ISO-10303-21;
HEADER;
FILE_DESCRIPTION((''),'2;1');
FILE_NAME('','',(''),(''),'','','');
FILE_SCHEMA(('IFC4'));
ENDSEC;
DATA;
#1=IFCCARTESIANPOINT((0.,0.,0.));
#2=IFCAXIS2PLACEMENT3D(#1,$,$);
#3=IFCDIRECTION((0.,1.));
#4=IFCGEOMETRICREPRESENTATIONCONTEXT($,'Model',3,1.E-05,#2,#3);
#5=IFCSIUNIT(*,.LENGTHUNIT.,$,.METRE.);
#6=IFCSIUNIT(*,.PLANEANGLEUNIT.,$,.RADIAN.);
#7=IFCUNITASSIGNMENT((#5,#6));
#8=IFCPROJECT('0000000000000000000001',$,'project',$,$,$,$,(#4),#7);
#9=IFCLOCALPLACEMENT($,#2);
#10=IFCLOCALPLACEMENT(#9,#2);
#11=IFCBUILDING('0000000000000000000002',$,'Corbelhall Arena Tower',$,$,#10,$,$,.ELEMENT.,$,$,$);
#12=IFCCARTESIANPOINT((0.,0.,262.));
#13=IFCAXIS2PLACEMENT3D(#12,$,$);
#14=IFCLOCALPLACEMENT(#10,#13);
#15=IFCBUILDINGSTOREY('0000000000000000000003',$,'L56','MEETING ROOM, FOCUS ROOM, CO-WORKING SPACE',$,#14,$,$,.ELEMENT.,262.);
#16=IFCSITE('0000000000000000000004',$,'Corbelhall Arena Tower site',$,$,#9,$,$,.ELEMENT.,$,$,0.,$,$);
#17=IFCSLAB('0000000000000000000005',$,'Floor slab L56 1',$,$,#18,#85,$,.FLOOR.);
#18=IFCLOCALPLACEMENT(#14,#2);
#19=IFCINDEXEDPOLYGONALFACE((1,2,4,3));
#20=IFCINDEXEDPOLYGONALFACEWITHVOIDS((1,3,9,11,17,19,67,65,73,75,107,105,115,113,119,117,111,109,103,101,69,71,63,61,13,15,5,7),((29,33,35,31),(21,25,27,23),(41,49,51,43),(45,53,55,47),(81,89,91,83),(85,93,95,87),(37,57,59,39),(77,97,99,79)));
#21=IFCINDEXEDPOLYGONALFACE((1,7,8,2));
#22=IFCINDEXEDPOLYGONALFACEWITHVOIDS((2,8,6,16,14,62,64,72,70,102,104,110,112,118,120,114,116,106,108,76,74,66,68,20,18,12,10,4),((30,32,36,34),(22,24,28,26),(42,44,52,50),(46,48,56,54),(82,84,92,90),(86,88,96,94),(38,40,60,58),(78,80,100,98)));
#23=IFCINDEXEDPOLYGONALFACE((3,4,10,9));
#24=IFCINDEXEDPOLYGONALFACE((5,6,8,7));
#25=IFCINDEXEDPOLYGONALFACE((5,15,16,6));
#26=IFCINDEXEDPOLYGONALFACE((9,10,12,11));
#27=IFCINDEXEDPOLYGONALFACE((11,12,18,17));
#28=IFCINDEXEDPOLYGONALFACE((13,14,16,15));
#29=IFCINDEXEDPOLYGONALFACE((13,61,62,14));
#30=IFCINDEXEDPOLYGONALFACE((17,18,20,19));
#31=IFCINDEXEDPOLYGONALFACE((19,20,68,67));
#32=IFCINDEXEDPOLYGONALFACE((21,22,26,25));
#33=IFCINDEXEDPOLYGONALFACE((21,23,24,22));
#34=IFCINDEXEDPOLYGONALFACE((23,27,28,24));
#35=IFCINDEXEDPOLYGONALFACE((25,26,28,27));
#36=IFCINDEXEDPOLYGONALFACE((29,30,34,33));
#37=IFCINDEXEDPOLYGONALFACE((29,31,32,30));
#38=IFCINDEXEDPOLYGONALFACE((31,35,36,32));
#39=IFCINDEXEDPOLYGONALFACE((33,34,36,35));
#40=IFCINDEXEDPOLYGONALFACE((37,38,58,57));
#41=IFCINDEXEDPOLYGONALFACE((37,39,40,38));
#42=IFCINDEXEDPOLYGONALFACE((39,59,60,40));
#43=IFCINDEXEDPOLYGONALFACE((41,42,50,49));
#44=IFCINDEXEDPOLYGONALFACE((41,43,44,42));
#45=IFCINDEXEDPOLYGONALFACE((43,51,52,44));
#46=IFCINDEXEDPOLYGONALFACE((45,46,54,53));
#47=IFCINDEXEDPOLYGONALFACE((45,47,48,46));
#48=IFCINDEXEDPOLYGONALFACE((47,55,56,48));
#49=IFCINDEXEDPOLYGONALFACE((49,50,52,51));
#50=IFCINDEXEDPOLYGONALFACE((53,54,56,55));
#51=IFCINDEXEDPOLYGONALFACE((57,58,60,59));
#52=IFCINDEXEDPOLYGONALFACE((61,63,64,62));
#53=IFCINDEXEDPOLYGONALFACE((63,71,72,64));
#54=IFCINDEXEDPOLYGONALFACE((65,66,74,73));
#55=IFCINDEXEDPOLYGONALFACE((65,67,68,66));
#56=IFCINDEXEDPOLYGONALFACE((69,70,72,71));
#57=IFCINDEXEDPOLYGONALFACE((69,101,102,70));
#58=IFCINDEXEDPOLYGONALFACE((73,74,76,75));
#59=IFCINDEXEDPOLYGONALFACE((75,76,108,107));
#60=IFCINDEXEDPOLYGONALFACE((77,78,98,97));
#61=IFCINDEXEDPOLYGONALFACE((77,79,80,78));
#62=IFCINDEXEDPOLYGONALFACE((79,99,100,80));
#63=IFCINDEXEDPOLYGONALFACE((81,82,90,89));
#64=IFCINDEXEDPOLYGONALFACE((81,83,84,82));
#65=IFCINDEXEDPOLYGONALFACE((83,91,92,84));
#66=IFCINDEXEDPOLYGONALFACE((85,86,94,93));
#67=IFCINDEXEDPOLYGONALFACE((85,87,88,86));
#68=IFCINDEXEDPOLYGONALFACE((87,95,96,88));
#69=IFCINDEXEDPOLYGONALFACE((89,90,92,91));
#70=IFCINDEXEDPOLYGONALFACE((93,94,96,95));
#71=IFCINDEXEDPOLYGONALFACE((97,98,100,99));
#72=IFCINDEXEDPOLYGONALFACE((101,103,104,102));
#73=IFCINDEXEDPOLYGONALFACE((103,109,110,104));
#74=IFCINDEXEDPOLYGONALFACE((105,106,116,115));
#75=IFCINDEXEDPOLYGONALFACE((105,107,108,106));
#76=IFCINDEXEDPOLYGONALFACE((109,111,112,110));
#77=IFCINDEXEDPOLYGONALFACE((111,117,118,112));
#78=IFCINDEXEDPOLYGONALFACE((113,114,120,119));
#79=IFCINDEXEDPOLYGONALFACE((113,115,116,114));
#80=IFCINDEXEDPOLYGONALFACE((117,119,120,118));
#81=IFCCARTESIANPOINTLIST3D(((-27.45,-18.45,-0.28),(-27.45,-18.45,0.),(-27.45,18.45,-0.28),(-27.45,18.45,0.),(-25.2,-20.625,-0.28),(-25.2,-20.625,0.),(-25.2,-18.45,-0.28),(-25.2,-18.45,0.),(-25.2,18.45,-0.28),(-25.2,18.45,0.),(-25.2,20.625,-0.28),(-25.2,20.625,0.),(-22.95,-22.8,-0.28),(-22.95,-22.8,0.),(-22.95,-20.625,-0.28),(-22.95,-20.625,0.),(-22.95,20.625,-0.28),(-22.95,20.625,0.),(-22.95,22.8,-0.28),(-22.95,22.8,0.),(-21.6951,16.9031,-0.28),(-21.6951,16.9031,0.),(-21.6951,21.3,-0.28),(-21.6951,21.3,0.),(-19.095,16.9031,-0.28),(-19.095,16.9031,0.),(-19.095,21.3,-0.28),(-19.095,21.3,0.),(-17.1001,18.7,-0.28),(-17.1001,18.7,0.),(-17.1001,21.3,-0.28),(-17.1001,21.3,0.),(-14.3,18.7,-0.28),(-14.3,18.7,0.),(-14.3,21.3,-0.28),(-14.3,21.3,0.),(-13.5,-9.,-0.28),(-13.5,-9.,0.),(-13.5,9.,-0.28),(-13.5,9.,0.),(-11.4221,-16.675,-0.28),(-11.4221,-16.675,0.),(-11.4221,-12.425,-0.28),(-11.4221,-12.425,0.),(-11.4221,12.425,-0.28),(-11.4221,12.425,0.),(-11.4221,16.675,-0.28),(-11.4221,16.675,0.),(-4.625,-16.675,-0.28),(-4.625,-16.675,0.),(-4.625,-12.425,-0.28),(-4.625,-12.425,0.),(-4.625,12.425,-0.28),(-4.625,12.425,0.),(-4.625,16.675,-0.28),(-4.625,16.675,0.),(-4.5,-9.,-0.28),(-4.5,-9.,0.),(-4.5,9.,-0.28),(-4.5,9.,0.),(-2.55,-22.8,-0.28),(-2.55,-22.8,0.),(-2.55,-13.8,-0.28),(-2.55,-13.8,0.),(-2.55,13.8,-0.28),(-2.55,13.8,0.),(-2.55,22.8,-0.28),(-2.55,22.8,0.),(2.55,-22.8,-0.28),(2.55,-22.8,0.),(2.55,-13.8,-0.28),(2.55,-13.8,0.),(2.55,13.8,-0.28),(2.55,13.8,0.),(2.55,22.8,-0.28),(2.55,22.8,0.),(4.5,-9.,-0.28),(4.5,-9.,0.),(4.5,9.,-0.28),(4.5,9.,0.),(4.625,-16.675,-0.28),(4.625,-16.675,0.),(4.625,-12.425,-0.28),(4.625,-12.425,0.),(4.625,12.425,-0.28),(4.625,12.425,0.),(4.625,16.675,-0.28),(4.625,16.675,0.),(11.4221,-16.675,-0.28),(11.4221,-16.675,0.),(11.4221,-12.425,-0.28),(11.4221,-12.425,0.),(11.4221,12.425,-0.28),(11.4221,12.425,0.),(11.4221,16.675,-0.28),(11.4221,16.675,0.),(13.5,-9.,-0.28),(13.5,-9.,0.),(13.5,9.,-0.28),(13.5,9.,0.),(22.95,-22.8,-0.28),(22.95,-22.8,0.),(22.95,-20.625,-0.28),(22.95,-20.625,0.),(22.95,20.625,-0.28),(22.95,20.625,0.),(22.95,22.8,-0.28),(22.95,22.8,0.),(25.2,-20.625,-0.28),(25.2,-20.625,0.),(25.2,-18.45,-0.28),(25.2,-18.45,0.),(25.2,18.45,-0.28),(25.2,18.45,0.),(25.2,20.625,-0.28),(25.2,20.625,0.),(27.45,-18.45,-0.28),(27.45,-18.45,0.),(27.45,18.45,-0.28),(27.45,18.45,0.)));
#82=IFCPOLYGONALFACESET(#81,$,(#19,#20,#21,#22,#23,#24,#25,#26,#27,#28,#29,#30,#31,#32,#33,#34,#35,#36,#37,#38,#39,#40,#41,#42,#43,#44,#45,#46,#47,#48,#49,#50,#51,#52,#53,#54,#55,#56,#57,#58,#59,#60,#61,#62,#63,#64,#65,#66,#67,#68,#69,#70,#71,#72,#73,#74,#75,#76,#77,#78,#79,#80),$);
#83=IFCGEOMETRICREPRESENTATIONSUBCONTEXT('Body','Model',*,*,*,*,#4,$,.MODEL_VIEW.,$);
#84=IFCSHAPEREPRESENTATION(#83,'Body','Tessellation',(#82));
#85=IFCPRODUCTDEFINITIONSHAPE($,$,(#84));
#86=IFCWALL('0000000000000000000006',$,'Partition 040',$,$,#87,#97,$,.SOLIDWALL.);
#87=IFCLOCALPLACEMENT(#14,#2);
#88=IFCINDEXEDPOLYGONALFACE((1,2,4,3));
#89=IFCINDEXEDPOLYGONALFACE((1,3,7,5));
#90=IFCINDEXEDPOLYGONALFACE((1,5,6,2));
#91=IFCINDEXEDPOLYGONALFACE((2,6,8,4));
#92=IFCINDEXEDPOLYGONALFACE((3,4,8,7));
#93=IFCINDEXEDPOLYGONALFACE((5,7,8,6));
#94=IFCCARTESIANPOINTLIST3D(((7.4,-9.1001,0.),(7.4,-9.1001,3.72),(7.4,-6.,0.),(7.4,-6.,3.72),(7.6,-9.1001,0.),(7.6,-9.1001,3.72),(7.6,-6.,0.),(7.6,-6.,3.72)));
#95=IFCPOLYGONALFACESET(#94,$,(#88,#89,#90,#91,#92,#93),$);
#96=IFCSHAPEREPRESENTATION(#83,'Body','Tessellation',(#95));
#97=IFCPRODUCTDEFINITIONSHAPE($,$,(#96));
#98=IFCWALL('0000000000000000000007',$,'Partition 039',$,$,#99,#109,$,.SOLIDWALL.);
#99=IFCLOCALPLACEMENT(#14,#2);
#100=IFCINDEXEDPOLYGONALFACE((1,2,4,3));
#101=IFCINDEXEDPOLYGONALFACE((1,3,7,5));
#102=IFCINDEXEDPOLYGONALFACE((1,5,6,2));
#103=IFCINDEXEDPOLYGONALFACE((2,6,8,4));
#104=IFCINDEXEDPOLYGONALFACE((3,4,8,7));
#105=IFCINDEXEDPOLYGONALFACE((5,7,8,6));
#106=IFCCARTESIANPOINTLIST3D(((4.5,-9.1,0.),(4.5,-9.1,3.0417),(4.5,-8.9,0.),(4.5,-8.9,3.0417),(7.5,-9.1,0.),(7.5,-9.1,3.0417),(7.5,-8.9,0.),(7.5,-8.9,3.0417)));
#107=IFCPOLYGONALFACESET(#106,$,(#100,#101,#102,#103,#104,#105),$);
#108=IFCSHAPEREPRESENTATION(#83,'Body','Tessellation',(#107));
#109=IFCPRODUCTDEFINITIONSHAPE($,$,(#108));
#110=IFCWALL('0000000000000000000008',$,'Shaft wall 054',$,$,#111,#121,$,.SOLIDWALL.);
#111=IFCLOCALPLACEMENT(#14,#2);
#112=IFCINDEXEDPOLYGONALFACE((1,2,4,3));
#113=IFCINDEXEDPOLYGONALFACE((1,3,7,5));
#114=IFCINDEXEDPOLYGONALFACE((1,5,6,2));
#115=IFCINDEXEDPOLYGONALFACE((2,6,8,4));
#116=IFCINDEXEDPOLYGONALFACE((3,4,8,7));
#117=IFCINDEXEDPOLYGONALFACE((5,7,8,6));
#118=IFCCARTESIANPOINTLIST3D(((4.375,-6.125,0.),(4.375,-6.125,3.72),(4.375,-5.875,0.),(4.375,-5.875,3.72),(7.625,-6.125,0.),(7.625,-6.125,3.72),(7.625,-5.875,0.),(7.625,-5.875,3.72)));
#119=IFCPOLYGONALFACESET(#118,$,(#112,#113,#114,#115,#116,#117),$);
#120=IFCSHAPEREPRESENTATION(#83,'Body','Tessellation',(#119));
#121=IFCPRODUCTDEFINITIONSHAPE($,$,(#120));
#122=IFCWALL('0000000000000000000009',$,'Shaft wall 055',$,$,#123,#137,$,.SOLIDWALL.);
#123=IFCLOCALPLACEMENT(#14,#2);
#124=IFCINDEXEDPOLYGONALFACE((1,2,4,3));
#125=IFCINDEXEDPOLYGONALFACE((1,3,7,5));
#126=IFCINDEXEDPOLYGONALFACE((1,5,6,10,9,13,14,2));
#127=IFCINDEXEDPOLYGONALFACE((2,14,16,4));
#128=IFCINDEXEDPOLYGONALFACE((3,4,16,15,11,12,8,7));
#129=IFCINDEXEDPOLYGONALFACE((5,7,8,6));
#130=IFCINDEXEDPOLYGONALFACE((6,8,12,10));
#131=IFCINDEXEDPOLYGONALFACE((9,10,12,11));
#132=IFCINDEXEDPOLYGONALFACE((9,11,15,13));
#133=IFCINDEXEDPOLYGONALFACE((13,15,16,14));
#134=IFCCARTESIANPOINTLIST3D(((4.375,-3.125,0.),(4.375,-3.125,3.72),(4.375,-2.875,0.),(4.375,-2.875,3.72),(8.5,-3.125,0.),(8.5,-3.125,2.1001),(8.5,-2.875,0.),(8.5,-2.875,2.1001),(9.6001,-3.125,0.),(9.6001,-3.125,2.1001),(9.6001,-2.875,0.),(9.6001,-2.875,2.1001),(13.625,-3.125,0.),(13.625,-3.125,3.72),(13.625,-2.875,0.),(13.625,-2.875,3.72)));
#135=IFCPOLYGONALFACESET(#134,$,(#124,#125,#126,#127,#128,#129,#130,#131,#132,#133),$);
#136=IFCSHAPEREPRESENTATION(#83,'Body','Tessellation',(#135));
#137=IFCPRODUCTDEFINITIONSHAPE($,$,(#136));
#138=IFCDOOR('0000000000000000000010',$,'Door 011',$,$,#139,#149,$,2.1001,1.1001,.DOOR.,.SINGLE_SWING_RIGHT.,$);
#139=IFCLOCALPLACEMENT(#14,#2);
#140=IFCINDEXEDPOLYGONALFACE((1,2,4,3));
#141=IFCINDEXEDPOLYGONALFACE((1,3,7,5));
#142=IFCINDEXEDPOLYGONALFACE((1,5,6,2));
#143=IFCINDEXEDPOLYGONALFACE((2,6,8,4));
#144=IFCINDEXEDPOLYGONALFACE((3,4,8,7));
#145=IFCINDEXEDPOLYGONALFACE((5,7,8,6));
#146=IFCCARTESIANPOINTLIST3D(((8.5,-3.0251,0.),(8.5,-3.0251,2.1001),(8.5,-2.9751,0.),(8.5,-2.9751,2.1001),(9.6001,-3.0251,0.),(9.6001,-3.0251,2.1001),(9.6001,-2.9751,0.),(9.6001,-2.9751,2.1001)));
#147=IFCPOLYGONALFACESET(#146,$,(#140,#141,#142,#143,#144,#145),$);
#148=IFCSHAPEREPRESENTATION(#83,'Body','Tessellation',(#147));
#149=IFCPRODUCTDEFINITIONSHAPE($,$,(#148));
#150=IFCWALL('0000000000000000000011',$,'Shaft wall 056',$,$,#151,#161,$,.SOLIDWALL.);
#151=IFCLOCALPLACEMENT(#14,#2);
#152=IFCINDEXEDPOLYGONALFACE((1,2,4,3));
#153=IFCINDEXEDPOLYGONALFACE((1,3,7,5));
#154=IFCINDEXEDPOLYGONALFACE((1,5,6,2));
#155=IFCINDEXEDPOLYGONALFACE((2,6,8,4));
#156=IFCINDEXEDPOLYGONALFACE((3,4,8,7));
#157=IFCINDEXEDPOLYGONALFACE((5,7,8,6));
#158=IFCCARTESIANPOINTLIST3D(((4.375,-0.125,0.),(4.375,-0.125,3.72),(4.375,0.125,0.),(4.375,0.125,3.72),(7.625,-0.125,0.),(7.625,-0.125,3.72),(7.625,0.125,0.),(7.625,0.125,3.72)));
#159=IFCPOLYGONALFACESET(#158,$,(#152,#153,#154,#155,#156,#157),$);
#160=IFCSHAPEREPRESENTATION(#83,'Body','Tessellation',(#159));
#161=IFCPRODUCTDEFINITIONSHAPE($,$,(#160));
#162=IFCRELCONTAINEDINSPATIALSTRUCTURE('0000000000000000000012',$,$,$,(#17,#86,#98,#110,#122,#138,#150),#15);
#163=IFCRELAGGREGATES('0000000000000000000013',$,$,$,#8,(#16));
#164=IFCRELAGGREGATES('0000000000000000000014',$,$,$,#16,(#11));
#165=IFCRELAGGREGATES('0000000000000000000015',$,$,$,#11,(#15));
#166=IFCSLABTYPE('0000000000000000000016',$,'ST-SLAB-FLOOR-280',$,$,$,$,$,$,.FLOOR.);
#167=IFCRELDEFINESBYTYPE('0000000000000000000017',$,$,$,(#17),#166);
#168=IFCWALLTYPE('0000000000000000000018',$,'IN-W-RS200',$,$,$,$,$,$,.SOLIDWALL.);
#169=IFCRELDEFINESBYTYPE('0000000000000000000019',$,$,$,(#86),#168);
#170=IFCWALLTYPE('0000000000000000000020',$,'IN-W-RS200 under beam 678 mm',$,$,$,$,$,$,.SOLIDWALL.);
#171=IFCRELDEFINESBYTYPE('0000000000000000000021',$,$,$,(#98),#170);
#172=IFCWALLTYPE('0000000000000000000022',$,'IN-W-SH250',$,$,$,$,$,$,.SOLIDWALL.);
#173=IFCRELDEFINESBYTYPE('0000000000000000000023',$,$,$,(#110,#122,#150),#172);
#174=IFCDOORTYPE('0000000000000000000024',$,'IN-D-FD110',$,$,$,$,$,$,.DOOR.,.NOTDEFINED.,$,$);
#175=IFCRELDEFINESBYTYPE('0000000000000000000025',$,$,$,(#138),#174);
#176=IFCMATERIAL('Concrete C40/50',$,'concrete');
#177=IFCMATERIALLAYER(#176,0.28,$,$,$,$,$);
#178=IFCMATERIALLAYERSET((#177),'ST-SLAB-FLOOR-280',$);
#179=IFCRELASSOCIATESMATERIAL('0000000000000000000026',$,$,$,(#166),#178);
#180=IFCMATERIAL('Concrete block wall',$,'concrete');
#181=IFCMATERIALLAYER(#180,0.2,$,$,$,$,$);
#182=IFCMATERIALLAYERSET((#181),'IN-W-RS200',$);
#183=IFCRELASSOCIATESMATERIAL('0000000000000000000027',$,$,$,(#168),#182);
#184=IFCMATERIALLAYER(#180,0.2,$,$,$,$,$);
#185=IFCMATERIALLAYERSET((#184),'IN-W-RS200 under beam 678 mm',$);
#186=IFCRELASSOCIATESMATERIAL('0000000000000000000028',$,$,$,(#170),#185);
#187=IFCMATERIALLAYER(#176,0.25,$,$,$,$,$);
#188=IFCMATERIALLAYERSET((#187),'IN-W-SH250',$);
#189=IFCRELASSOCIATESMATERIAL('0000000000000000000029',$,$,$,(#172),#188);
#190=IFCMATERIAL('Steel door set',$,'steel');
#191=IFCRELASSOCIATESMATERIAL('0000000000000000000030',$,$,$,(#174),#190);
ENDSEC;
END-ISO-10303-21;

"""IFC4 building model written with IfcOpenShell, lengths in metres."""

from ifc_helpers import new_model, si_unit, direction, frame, frame_2d, origin, place, context, subcontext, project, spatial, polyline, rectangle, outline, extrude, material, layer, layer_set, type_object, element, fill, save


model = new_model("IFC4")

# Units and contexts
model_context = context("Model", 3, precision=1e-05, world=origin(), true_north=direction((0.0, 1.0)))
body_context = subcontext(model_context, "Body", "Model", "MODEL_VIEW")
ifc_project = project(units=[si_unit("LENGTHUNIT", "METRE"), si_unit("PLANEANGLEUNIT", "RADIAN")], contexts=[model_context])

# Site, building, storey
site_placement = place(None, origin())
site = spatial("IfcSite", under=ifc_project, at=site_placement, Name="Corbelhall Arena Tower site", CompositionType="ELEMENT", RefElevation=0.0)
building_placement = place(site_placement, origin())
building = spatial("IfcBuilding", under=site, at=building_placement, Name="Corbelhall Arena Tower", CompositionType="ELEMENT")
storey_placement = place(building_placement, frame((0.0, 0.0, 262.0)))
storey = spatial("IfcBuildingStorey", under=building, at=storey_placement, Name="L56", Description="MEETING ROOM, FOCUS ROOM, CO-WORKING SPACE", CompositionType="ELEMENT", Elevation=262.0)

# Shared definitions
ifc_material_1 = material(Name="Concrete C40/50", Category="concrete")

# Slab
ifc_layer_1 = layer(ifc_material_1, 0.28)
ifc_layer_set_1 = layer_set([ifc_layer_1], Name="ST-SLAB-FLOOR-280")
slab_type_1 = type_object("IfcSlabType", Name="ST-SLAB-FLOOR-280", PredefinedType="FLOOR", material=ifc_layer_set_1)
slab_1_placement = place(storey_placement, frame((0.0, 0.0, -0.28)))
element("IfcSlab", 1, at=slab_1_placement, inside=storey, type_object=slab_type_1, Name="Floor slab L56 1", PredefinedType="FLOOR", context=body_context, shape_type="SweptSolid", body=[
    extrude(outline(polyline([(22.95, 22.8), (2.55, 22.8), (2.55, 13.8), (-2.55, 13.8), (-2.55, 22.8), (-22.95, 22.8), (-22.95, 20.625), (-25.2, 20.625), (-25.2, 18.45), (-27.45, 18.45), (-27.45, -18.45), (-25.2, -18.45), (-25.2, -20.625), (-22.95, -20.625), (-22.95, -22.8), (-2.55, -22.8), (-2.55, -13.8), (2.55, -13.8), (2.55, -22.8), (22.95, -22.8), (22.95, -20.625), (25.2, -20.625), (25.2, -18.45), (27.45, -18.45), (27.45, 18.45), (25.2, 18.45), (25.2, 20.625), (22.95, 20.625), (22.95, 22.8)]), holes=[polyline([(-13.5, 9.0), (-13.5, -9.0), (-4.5, -9.0), (-4.5, 9.0), (-13.5, 9.0)]), polyline([(4.5, 9.0), (4.5, -9.0), (13.5, -9.0), (13.5, 9.0), (4.5, 9.0)]), polyline([(-4.625, 16.675), (-11.4221, 16.675), (-11.4221, 12.425), (-4.625, 12.425), (-4.625, 16.675)]), polyline([(-4.625, -16.675), (-4.625, -12.425), (-11.4221, -12.425), (-11.4221, -16.675), (-4.625, -16.675)]), polyline([(11.4221, 16.675), (4.625, 16.675), (4.625, 12.425), (11.4221, 12.425), (11.4221, 16.675)]), polyline([(11.4221, -16.675), (11.4221, -12.425), (4.625, -12.425), (4.625, -16.675), (11.4221, -16.675)]), polyline([(-21.6951, 21.3), (-21.6951, 16.9031), (-19.095, 16.9031), (-19.095, 21.3), (-21.6951, 21.3)]), polyline([(-14.3, 21.3), (-17.1001, 21.3), (-17.1001, 18.7), (-14.3, 18.7), (-14.3, 21.3)])]), origin(), (0.0, 0.0, 1.0), 0.28),
])

# Walls
ifc_material_2 = material(Name="Concrete block wall", Category="concrete")
ifc_layer_2 = layer(ifc_material_2, 0.2)
ifc_layer_set_2 = layer_set([ifc_layer_2], Name="IN-W-RS200")
wall_type_1 = type_object("IfcWallType", Name="IN-W-RS200", PredefinedType="SOLIDWALL", material=ifc_layer_set_2)
wall_1_placement = place(storey_placement, frame((7.5, -6.0, 0.0), z_axis=(0.0, 0.0, 1.0), x_axis=(0.0, -1.0, 0.0)))
element("IfcWall", 2, at=wall_1_placement, inside=storey, type_object=wall_type_1, Name="Partition 040", PredefinedType="SOLIDWALL", context=body_context, shape_type="SweptSolid", body=[
    extrude(rectangle(XDim=3.1001, YDim=0.2, at=frame_2d((1.55, 0.0))), origin(), (0.0, 0.0, 1.0), 3.72),
])
ifc_layer_3 = layer(ifc_material_2, 0.2)
ifc_layer_set_3 = layer_set([ifc_layer_3], Name="IN-W-RS200 under beam 678 mm")
wall_type_2 = type_object("IfcWallType", Name="IN-W-RS200 under beam 678 mm", PredefinedType="SOLIDWALL", material=ifc_layer_set_3)
wall_2_placement = place(storey_placement, frame((7.5, -9.0, 0.0), z_axis=(0.0, 0.0, 1.0), x_axis=(-1.0, 0.0, 0.0)))
element("IfcWall", 3, at=wall_2_placement, inside=storey, type_object=wall_type_2, Name="Partition 039", PredefinedType="SOLIDWALL", context=body_context, shape_type="SweptSolid", body=[
    extrude(rectangle(XDim=3.0, YDim=0.2, at=frame_2d((1.5, 0.0))), origin(), (0.0, 0.0, 1.0), 3.0417),
])
ifc_layer_4 = layer(ifc_material_1, 0.25)
ifc_layer_set_4 = layer_set([ifc_layer_4], Name="IN-W-SH250")
wall_type_3 = type_object("IfcWallType", Name="IN-W-SH250", PredefinedType="SOLIDWALL", material=ifc_layer_set_4)
wall_3_placement = place(storey_placement, frame((4.375, -6.0, 0.0), z_axis=(0.0, 0.0, 1.0), x_axis=(1.0, 0.0, 0.0)))
element("IfcWall", 4, at=wall_3_placement, inside=storey, type_object=wall_type_3, Name="Shaft wall 054", PredefinedType="SOLIDWALL", context=body_context, shape_type="SweptSolid", body=[
    extrude(rectangle(XDim=3.25, YDim=0.25, at=frame_2d((1.625, 0.0))), origin(), (0.0, 0.0, 1.0), 3.72),
])

# Wall, opening, door
wall_4_placement = place(storey_placement, frame((4.375, -3.0, 0.0), z_axis=(0.0, 0.0, 1.0), x_axis=(1.0, 0.0, 0.0)))
wall_4 = element("IfcWall", 5, at=wall_4_placement, inside=storey, type_object=wall_type_3, Name="Shaft wall 055", PredefinedType="SOLIDWALL", context=body_context, shape_type="SweptSolid", body=[
    extrude(rectangle(XDim=9.25, YDim=0.25, at=frame_2d((4.625, 0.0))), origin(), (0.0, 0.0, 1.0), 3.72),
])
opening_1_placement = place(wall_4_placement, frame((4.125, 0.0, 0.0)))
opening_1 = element("IfcOpeningElement", 6, at=opening_1_placement, cuts=wall_4, PredefinedType="OPENING", context=body_context, shape_type="SweptSolid", body=[
    extrude(rectangle(XDim=1.1001, YDim=2.1001, at=frame_2d((0.55, 1.05))), frame((0.0, 0.125, 0.0), z_axis=(0.0, -1.0, 0.0), x_axis=(1.0, 0.0, 0.0)), (0.0, 0.0, 1.0), 0.25),
])
ifc_material_3 = material(Name="Steel door set", Category="steel")
door_type_1 = type_object("IfcDoorType", Name="IN-D-FD110", OperationType="NOTDEFINED", PredefinedType="DOOR", material=ifc_material_3)
door_1_placement = place(opening_1_placement, origin())
door_1 = element("IfcDoor", 7, at=door_1_placement, inside=storey, type_object=door_type_1, Name="Door 011", OperationType="SINGLE_SWING_RIGHT", OverallHeight=2.1001, OverallWidth=1.1001, PredefinedType="DOOR", context=body_context, shape_type="SweptSolid", body=[
    extrude(rectangle(XDim=1.1001, YDim=2.1001, at=frame_2d((0.55, 1.05))), frame((0.0, 0.0249, 0.0), z_axis=(0.0, -1.0, 0.0), x_axis=(1.0, 0.0, 0.0)), (0.0, 0.0, 1.0), 0.05),
])
fill(opening_1, door_1)

# Wall
wall_5_placement = place(storey_placement, frame((4.375, 0.0, 0.0), z_axis=(0.0, 0.0, 1.0), x_axis=(1.0, 0.0, 0.0)))
element("IfcWall", 8, at=wall_5_placement, inside=storey, type_object=wall_type_3, Name="Shaft wall 056", PredefinedType="SOLIDWALL", context=body_context, shape_type="SweptSolid", body=[
    extrude(rectangle(XDim=3.25, YDim=0.25, at=frame_2d((1.625, 0.0))), origin(), (0.0, 0.0, 1.0), 3.72),
])

save(model, "model.ifc")
